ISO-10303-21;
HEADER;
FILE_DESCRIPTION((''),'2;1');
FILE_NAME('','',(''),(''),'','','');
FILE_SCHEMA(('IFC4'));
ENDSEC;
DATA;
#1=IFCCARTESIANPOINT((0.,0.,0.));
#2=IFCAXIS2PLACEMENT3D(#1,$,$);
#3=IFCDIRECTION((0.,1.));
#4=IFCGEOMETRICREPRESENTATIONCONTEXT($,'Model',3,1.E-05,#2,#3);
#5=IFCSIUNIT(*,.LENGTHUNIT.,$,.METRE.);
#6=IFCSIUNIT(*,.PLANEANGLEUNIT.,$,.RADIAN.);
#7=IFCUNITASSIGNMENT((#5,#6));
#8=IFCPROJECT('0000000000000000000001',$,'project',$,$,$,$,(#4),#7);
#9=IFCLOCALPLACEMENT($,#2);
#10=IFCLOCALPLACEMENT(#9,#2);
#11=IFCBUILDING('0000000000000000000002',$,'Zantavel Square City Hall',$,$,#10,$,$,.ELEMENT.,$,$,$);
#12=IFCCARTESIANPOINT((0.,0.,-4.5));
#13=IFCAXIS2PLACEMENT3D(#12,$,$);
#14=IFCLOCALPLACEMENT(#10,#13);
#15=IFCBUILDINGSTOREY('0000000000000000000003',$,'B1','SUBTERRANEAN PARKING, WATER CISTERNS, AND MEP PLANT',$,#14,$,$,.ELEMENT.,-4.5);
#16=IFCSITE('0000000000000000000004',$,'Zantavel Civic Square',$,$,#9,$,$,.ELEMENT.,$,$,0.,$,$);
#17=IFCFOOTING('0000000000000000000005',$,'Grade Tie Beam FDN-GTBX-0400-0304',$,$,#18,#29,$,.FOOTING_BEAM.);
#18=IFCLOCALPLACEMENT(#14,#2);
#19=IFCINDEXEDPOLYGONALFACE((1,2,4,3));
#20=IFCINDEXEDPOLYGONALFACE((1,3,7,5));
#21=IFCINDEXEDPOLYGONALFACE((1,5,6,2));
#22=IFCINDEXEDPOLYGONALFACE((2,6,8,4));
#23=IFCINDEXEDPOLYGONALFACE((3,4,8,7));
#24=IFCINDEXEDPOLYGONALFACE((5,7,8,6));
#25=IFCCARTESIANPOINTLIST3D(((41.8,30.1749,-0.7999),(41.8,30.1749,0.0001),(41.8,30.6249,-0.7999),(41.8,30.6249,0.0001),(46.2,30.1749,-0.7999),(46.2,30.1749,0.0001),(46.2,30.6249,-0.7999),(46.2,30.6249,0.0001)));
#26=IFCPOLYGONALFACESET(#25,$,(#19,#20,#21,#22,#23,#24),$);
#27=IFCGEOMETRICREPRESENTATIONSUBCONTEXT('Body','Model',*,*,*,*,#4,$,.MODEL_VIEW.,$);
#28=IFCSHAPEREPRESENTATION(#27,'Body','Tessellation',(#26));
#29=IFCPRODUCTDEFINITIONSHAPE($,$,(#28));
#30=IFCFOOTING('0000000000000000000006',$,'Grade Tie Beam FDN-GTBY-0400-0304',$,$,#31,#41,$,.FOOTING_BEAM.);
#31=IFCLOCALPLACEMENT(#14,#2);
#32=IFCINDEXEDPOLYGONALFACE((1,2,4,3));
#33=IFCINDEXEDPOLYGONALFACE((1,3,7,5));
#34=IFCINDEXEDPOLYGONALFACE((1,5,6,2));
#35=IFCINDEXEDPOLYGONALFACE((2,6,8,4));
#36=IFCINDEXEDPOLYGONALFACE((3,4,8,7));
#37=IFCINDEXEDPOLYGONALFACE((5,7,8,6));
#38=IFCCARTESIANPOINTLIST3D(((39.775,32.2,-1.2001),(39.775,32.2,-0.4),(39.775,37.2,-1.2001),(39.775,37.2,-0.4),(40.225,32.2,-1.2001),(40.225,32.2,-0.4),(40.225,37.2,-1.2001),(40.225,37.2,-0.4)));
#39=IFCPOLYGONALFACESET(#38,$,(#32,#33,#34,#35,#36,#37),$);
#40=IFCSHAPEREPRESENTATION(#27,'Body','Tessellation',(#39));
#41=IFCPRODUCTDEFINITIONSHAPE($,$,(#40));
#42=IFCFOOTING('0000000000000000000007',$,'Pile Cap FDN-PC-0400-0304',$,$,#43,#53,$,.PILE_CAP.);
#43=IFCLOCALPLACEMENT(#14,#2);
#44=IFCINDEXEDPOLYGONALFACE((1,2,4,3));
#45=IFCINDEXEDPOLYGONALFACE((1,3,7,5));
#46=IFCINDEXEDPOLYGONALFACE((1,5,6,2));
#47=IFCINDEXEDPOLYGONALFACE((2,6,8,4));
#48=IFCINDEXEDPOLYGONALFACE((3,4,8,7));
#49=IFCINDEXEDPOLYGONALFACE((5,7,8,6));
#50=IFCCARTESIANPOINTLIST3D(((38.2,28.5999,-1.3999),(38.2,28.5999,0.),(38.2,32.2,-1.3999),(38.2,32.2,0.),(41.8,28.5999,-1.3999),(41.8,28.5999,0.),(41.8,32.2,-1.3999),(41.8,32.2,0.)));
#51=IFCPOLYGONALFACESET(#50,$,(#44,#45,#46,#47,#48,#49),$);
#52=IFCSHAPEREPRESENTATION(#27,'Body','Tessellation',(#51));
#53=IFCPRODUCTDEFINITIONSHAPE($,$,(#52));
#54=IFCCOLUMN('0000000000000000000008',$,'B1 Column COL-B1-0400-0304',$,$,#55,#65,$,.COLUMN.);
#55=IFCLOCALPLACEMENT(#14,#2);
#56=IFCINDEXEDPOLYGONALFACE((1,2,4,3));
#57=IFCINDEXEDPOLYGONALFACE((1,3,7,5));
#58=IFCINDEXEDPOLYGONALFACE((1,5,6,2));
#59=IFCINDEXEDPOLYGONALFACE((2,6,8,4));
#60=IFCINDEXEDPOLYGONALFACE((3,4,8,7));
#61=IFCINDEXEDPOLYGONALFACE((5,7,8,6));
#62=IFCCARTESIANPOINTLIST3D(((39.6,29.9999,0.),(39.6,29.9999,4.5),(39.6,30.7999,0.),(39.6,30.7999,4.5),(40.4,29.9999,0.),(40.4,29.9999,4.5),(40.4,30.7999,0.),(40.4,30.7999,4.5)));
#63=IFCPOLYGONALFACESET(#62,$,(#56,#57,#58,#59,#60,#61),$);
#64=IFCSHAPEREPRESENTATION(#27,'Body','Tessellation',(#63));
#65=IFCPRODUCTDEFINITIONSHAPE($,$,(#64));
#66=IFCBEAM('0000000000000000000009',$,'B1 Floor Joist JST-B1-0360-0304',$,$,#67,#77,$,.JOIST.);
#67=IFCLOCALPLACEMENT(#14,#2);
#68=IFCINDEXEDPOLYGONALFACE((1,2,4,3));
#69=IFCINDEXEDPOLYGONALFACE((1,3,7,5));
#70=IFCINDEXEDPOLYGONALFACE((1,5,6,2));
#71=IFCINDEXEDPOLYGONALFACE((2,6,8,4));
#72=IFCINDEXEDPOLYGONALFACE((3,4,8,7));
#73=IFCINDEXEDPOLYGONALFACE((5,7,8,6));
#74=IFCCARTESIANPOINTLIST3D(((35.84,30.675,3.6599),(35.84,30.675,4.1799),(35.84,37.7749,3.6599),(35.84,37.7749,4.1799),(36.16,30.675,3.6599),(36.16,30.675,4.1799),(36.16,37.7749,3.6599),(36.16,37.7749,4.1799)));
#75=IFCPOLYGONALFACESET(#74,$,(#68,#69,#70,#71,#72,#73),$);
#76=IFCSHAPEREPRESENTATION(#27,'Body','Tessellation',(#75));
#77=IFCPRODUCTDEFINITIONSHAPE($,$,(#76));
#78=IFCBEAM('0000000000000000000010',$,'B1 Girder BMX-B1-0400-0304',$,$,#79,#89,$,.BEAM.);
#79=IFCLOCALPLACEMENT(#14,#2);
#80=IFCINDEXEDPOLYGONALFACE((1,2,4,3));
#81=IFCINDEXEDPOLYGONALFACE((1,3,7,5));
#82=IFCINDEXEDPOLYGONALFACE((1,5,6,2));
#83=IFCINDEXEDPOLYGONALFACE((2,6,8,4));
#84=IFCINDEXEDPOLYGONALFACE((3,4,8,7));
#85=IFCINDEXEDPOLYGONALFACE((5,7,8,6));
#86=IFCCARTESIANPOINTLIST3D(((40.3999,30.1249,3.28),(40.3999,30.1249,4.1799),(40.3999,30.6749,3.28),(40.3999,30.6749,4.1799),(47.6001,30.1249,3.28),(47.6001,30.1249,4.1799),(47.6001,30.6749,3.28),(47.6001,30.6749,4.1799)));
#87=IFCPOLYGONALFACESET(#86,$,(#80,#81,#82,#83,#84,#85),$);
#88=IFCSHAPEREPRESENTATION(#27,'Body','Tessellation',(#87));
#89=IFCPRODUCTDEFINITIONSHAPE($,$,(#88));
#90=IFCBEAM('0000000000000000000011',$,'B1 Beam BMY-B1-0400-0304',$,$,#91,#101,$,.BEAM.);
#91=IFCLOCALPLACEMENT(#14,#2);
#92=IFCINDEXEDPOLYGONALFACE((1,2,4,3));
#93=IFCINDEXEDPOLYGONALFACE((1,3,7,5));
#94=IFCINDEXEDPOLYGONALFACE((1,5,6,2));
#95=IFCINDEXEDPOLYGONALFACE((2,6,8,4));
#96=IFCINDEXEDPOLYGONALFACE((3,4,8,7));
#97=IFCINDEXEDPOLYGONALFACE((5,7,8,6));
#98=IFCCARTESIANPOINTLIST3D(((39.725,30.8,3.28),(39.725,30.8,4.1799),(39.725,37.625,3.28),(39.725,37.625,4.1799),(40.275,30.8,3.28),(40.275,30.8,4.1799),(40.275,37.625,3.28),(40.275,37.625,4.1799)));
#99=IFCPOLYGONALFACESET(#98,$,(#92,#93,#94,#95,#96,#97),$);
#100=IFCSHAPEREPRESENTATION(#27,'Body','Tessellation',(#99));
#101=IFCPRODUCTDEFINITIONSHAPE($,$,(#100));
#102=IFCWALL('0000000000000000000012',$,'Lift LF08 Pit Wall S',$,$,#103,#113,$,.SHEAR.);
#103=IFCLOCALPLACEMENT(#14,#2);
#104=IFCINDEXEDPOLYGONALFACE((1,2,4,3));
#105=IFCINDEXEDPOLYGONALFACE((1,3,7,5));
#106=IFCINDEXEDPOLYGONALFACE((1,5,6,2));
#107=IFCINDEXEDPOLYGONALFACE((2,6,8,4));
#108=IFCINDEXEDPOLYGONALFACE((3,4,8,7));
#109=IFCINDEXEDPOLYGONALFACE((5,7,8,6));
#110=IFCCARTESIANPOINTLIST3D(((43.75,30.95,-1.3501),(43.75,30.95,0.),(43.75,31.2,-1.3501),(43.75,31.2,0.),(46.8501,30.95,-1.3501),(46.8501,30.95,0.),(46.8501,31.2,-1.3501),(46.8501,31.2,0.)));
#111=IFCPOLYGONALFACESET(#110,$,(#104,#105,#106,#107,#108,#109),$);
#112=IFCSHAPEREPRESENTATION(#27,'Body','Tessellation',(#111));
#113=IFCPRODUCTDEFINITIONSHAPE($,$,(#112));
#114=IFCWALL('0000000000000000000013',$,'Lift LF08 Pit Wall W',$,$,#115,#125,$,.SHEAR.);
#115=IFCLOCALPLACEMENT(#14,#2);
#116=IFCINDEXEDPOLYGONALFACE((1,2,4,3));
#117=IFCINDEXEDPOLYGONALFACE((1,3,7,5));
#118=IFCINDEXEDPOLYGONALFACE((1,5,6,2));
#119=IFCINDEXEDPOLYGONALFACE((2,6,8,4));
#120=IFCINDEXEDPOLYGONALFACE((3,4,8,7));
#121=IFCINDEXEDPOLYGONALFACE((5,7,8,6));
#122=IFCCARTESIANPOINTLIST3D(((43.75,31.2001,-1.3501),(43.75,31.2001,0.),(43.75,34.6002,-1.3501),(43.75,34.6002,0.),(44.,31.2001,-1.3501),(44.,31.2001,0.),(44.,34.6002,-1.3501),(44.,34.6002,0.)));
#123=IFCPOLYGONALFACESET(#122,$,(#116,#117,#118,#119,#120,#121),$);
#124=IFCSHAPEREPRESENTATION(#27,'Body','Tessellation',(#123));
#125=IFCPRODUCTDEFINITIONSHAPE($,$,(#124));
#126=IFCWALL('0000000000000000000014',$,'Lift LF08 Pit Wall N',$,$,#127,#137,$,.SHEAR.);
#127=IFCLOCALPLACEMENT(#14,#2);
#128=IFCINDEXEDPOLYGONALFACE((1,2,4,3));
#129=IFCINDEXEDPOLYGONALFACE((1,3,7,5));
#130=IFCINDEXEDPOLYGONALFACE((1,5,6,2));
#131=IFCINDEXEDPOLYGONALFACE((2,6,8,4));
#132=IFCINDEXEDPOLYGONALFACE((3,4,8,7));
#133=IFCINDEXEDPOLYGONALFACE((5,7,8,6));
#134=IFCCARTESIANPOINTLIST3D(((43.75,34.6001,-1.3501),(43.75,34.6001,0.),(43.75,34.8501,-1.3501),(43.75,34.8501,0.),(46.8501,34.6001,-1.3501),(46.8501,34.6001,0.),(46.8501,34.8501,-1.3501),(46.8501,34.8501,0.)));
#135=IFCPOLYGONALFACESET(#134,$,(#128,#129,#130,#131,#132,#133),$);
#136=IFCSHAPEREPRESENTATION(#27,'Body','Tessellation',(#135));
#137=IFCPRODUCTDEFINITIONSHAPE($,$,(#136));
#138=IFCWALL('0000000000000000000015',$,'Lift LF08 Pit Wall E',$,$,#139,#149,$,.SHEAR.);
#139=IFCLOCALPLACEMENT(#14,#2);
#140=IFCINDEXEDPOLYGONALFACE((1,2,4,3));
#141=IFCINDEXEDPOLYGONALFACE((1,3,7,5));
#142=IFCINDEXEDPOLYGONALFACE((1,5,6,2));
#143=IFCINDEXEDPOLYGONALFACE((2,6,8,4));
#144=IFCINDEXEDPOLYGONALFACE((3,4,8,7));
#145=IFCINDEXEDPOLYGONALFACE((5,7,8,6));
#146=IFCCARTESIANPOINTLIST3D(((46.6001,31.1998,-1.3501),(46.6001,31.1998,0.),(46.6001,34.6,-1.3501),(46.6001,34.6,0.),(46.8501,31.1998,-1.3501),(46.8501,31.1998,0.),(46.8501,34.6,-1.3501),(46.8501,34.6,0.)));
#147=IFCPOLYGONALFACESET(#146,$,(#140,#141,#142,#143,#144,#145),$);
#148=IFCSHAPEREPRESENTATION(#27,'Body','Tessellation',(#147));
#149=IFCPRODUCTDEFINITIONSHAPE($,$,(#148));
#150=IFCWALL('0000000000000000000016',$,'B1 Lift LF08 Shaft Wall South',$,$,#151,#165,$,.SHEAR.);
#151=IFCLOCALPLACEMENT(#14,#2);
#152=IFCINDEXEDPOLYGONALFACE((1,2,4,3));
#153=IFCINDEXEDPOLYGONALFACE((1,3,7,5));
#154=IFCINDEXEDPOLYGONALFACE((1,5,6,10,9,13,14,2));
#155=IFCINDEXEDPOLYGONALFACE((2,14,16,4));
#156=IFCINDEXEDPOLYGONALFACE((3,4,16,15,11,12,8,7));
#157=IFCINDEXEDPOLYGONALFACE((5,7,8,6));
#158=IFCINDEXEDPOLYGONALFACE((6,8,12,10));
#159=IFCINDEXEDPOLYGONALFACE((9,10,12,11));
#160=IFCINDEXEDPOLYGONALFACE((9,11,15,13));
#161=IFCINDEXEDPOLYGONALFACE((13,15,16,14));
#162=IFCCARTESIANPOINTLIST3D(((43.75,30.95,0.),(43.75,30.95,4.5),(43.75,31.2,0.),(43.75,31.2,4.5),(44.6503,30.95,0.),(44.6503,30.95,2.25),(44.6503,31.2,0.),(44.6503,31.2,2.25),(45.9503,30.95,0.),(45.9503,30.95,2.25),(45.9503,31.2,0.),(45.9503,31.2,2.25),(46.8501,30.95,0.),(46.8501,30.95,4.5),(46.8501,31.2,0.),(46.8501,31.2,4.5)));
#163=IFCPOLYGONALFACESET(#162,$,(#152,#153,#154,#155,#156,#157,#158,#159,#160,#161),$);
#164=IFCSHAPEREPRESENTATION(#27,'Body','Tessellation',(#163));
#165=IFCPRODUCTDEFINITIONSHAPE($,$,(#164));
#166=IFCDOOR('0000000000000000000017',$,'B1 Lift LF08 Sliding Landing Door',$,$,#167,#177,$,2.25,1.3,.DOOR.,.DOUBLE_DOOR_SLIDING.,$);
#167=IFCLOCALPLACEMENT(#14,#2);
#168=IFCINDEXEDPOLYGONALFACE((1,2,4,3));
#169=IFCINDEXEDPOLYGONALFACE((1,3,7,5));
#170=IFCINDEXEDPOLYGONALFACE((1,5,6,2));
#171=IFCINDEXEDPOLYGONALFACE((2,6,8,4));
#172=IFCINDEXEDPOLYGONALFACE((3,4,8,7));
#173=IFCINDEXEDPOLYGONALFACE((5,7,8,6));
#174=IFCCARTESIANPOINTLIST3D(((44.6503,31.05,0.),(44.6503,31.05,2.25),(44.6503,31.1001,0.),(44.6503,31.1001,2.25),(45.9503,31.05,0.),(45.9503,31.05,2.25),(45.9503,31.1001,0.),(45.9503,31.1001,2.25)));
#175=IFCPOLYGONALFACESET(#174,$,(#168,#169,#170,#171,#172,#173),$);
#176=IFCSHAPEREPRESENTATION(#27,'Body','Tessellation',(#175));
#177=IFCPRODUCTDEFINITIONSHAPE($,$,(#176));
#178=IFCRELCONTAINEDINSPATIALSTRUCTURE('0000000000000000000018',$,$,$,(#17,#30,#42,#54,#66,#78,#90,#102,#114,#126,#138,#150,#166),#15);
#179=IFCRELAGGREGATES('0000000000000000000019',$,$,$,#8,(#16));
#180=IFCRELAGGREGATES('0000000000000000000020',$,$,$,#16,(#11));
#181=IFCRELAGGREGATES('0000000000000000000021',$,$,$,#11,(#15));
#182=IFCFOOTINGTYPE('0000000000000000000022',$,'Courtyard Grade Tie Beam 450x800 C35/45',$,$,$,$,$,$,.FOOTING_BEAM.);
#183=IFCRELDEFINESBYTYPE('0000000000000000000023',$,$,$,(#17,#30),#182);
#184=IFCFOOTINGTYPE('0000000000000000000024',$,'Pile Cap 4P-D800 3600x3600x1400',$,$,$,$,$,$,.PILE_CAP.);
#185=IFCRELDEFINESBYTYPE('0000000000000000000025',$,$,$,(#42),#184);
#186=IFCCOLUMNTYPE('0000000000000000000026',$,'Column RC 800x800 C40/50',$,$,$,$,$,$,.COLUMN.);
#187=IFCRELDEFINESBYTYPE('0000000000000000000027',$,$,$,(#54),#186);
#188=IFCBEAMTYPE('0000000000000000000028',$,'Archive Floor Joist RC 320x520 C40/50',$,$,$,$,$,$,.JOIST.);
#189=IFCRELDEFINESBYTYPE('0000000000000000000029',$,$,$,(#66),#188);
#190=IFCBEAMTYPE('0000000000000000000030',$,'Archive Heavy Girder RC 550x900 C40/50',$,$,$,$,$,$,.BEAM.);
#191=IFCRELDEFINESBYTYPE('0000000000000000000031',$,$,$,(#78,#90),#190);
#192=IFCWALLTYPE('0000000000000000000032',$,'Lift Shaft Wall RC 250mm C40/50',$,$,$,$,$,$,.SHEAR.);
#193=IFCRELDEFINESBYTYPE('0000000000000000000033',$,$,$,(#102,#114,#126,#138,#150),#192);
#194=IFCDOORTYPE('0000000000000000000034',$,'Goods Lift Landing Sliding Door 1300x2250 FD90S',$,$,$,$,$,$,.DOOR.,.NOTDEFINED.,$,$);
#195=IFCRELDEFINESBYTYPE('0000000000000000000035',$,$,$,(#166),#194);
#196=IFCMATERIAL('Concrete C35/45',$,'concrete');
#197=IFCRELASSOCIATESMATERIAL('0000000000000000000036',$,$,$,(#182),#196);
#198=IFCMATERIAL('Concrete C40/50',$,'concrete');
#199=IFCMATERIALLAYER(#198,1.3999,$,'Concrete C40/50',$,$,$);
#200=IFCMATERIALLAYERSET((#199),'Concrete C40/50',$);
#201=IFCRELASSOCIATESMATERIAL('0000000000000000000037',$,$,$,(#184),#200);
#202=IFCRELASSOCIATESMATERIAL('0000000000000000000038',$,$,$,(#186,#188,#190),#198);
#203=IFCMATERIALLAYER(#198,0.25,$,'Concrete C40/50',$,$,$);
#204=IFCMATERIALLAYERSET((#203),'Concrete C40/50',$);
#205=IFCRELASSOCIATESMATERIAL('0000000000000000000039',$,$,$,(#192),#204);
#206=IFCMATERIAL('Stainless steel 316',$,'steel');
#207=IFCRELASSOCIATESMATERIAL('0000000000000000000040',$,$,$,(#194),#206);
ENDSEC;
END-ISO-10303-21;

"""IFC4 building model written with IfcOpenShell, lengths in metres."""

from ifc_helpers import new_model, si_unit, direction, frame, frame_2d, origin, origin_2d, place, context, subcontext, project, spatial, rectangle, extrude, material, layer, layer_set, material_profile, profile_set, type_object, element, fill, save


model = new_model("IFC4")

# Units and contexts
model_context = context("Model", 3, precision=1e-05, world=origin(), true_north=direction((0.0, 1.0)))
body_context = subcontext(model_context, "Body", "Model", "MODEL_VIEW")
ifc_project = project(units=[si_unit("LENGTHUNIT", "METRE"), si_unit("PLANEANGLEUNIT", "RADIAN")], contexts=[model_context])

# Site, building, storey
site_placement = place(None, origin())
site = spatial("IfcSite", under=ifc_project, at=site_placement, Name="Zantavel Civic Square", CompositionType="ELEMENT", RefElevation=0.0)
building_placement = place(site_placement, origin())
building = spatial("IfcBuilding", under=site, at=building_placement, Name="Zantavel Square City Hall", CompositionType="ELEMENT")
storey_placement = place(building_placement, frame((0.0, 0.0, -4.5)))
storey = spatial("IfcBuildingStorey", under=building, at=storey_placement, Name="B1", Description="SUBTERRANEAN PARKING, WATER CISTERNS, AND MEP PLANT", CompositionType="ELEMENT", Elevation=-4.5)

# Shared definitions
ifc_material_1 = material(Name="Concrete C35/45", Category="concrete")

# Footings
ifc_material_profile_1 = material_profile(ifc_material_1, rectangle(XDim=0.45, YDim=0.8, at=origin_2d()), Name="RC 450x800")
ifc_profile_set_1 = profile_set([ifc_material_profile_1], Name="Concrete C35/45")
footing_type_1 = type_object("IfcFootingType", Name="Courtyard Grade Tie Beam 450x800 C35/45", PredefinedType="FOOTING_BEAM", material=ifc_profile_set_1)
footing_1_placement = place(storey_placement, frame((41.8, 30.3999, -0.3999), z_axis=(1.0, 0.0, 0.0), x_axis=(0.0, 1.0, 0.0)))
element("IfcFooting", 1, at=footing_1_placement, inside=storey, type_object=footing_type_1, Name="Grade Tie Beam FDN-GTBX-0400-0304", PredefinedType="FOOTING_BEAM", context=body_context, shape_type="SweptSolid", body=[
    extrude(rectangle(XDim=0.45, YDim=0.8, at=origin_2d()), origin(), (0.0, 0.0, 1.0), 4.3999),
])
footing_2_placement = place(storey_placement, frame((40.0, 32.2, -0.8), z_axis=(0.0, 1.0, 0.0), x_axis=(-1.0, 0.0, 0.0)))
element("IfcFooting", 2, at=footing_2_placement, inside=storey, type_object=footing_type_1, Name="Grade Tie Beam FDN-GTBY-0400-0304", PredefinedType="FOOTING_BEAM", context=body_context, shape_type="SweptSolid", body=[
    extrude(rectangle(XDim=0.45, YDim=0.8, at=origin_2d()), origin(), (0.0, 0.0, 1.0), 5.0),
])
ifc_material_2 = material(Name="Concrete C40/50", Category="concrete")
ifc_layer_1 = layer(ifc_material_2, 1.3999, Name="Concrete C40/50")
ifc_layer_set_1 = layer_set([ifc_layer_1], Name="Concrete C40/50")
footing_type_2 = type_object("IfcFootingType", Name="Pile Cap 4P-D800 3600x3600x1400", PredefinedType="PILE_CAP", material=ifc_layer_set_1)
footing_3_placement = place(storey_placement, frame((40.0, 30.3999, -1.3999), z_axis=(0.0, 0.0, 1.0), x_axis=(1.0, 0.0, 0.0)))
element("IfcFooting", 3, at=footing_3_placement, inside=storey, type_object=footing_type_2, Name="Pile Cap FDN-PC-0400-0304", PredefinedType="PILE_CAP", context=body_context, shape_type="SweptSolid", body=[
    extrude(rectangle(XDim=3.6001, YDim=3.6001, at=origin_2d()), origin(), (0.0, 0.0, 1.0), 1.3999),
])

# Column
ifc_material_profile_2 = material_profile(ifc_material_2, rectangle(XDim=0.8, YDim=0.8, at=origin_2d()), Name="RC 800x800")
ifc_profile_set_2 = profile_set([ifc_material_profile_2], Name="Concrete C40/50")
column_type = type_object("IfcColumnType", Name="Column RC 800x800 C40/50", PredefinedType="COLUMN", material=ifc_profile_set_2)
column_placement = place(storey_placement, frame((40.0, 30.3999, 0.0), z_axis=(0.0, 0.0, 1.0), x_axis=(1.0, 0.0, 0.0)))
element("IfcColumn", 4, at=column_placement, inside=storey, type_object=column_type, Name="B1 Column COL-B1-0400-0304", PredefinedType="COLUMN", context=body_context, shape_type="SweptSolid", body=[
    extrude(rectangle(XDim=0.8, YDim=0.8, at=origin_2d()), origin(), (0.0, 0.0, 1.0), 4.5),
])

# Beams
ifc_material_profile_3 = material_profile(ifc_material_2, rectangle(XDim=0.3201, YDim=0.52, at=origin_2d()), Name="RC 320x520")
ifc_profile_set_3 = profile_set([ifc_material_profile_3], Name="Concrete C40/50")
beam_type_1 = type_object("IfcBeamType", Name="Archive Floor Joist RC 320x520 C40/50", PredefinedType="JOIST", material=ifc_profile_set_3)
beam_1_placement = place(storey_placement, frame((36.0, 30.675, 3.9199), z_axis=(0.0, 1.0, 0.0), x_axis=(-1.0, 0.0, 0.0)))
element("IfcBeam", 5, at=beam_1_placement, inside=storey, type_object=beam_type_1, Name="B1 Floor Joist JST-B1-0360-0304", PredefinedType="JOIST", context=body_context, shape_type="SweptSolid", body=[
    extrude(rectangle(XDim=0.3201, YDim=0.52, at=origin_2d()), origin(), (0.0, 0.0, 1.0), 7.0999),
])
ifc_material_profile_4 = material_profile(ifc_material_2, rectangle(XDim=0.55, YDim=0.8999, at=origin_2d()), Name="RC 550x900")
ifc_profile_set_4 = profile_set([ifc_material_profile_4], Name="Concrete C40/50")
beam_type_2 = type_object("IfcBeamType", Name="Archive Heavy Girder RC 550x900 C40/50", PredefinedType="BEAM", material=ifc_profile_set_4)
beam_2_placement = place(storey_placement, frame((40.3999, 30.3999, 3.73), z_axis=(1.0, 0.0, 0.0), x_axis=(0.0, 1.0, 0.0)))
element("IfcBeam", 6, at=beam_2_placement, inside=storey, type_object=beam_type_2, Name="B1 Girder BMX-B1-0400-0304", PredefinedType="BEAM", context=body_context, shape_type="SweptSolid", body=[
    extrude(rectangle(XDim=0.55, YDim=0.8999, at=origin_2d()), origin(), (0.0, 0.0, 1.0), 7.2002),
])
beam_3_placement = place(storey_placement, frame((40.0, 30.8, 3.73), z_axis=(0.0, 1.0, 0.0), x_axis=(-1.0, 0.0, 0.0)))
element("IfcBeam", 7, at=beam_3_placement, inside=storey, type_object=beam_type_2, Name="B1 Beam BMY-B1-0400-0304", PredefinedType="BEAM", context=body_context, shape_type="SweptSolid", body=[
    extrude(rectangle(XDim=0.55, YDim=0.8999, at=origin_2d()), origin(), (0.0, 0.0, 1.0), 6.825),
])

# Walls
ifc_layer_2 = layer(ifc_material_2, 0.25, Name="Concrete C40/50")
ifc_layer_set_2 = layer_set([ifc_layer_2], Name="Concrete C40/50")
wall_type = type_object("IfcWallType", Name="Lift Shaft Wall RC 250mm C40/50", PredefinedType="SHEAR", material=ifc_layer_set_2)
wall_1_placement = place(storey_placement, frame((46.8501, 31.075, -1.3501), z_axis=(0.0, 0.0, 1.0), x_axis=(-1.0, 0.0, 0.0)))
element("IfcWall", 8, at=wall_1_placement, inside=storey, type_object=wall_type, Name="Lift LF08 Pit Wall S", PredefinedType="SHEAR", context=body_context, shape_type="SweptSolid", body=[
    extrude(rectangle(XDim=3.1001, YDim=0.25, at=frame_2d((1.55, 0.0))), origin(), (0.0, 0.0, 1.0), 1.3501),
])
wall_2_placement = place(storey_placement, frame((43.875, 31.2, -1.3501), z_axis=(0.0, 0.0, 1.0), x_axis=(0.0, 1.0, 0.0)))
element("IfcWall", 9, at=wall_2_placement, inside=storey, type_object=wall_type, Name="Lift LF08 Pit Wall W", PredefinedType="SHEAR", context=body_context, shape_type="SweptSolid", body=[
    extrude(rectangle(XDim=3.4001, YDim=0.25, at=frame_2d((1.7002, 0.0))), origin(), (0.0, 0.0, 1.0), 1.3501),
])
wall_3_placement = place(storey_placement, frame((43.75, 34.7251, -1.3501), z_axis=(0.0, 0.0, 1.0), x_axis=(1.0, 0.0, 0.0)))
element("IfcWall", 10, at=wall_3_placement, inside=storey, type_object=wall_type, Name="Lift LF08 Pit Wall N", PredefinedType="SHEAR", context=body_context, shape_type="SweptSolid", body=[
    extrude(rectangle(XDim=3.1001, YDim=0.25, at=frame_2d((1.55, 0.0))), origin(), (0.0, 0.0, 1.0), 1.3501),
])
wall_4_placement = place(storey_placement, frame((46.7251, 34.6001, -1.3501), z_axis=(0.0, 0.0, 1.0), x_axis=(0.0, -1.0, 0.0)))
element("IfcWall", 11, at=wall_4_placement, inside=storey, type_object=wall_type, Name="Lift LF08 Pit Wall E", PredefinedType="SHEAR", context=body_context, shape_type="SweptSolid", body=[
    extrude(rectangle(XDim=3.4001, YDim=0.25, at=frame_2d((1.7002, 0.0))), origin(), (0.0, 0.0, 1.0), 1.3501),
])

# Wall, opening, door
wall_5_placement = place(storey_placement, frame((46.8501, 31.075, 0.0), z_axis=(0.0, 0.0, 1.0), x_axis=(-1.0, 0.0, 0.0)))
wall_5 = element("IfcWall", 12, at=wall_5_placement, inside=storey, type_object=wall_type, Name="B1 Lift LF08 Shaft Wall South", PredefinedType="SHEAR", context=body_context, shape_type="SweptSolid", body=[
    extrude(rectangle(XDim=3.1001, YDim=0.25, at=frame_2d((1.55, 0.0))), origin(), (0.0, 0.0, 1.0), 4.5),
])
opening_placement = place(wall_5_placement, frame((0.8999, 0.0, 0.0)))
opening = element("IfcOpeningElement", 13, at=opening_placement, cuts=wall_5, PredefinedType="OPENING", context=body_context, shape_type="SweptSolid", body=[
    extrude(rectangle(XDim=1.3, YDim=2.25, at=frame_2d((0.6499, 1.125))), frame((0.0, 0.135, 0.0), z_axis=(0.0, -1.0, 0.0), x_axis=(1.0, 0.0, 0.0)), (0.0, 0.0, 1.0), 0.27),
])
ifc_material_3 = material(Name="Stainless steel 316", Category="steel")
door_type = type_object("IfcDoorType", Name="Goods Lift Landing Sliding Door 1300x2250 FD90S", OperationType="NOTDEFINED", PredefinedType="DOOR", material=ifc_material_3)
door_placement = place(opening_placement, origin())
door = element("IfcDoor", 14, at=door_placement, inside=storey, type_object=door_type, Name="B1 Lift LF08 Sliding Landing Door", OperationType="DOUBLE_DOOR_SLIDING", OverallHeight=2.25, OverallWidth=1.3, PredefinedType="DOOR", context=body_context, shape_type="SweptSolid", body=[
    extrude(rectangle(XDim=1.3, YDim=2.25, at=frame_2d((0.6499, 1.125))), frame((0.0, 0.0249, 0.0), z_axis=(0.0, -1.0, 0.0), x_axis=(1.0, 0.0, 0.0)), (0.0, 0.0, 1.0), 0.05),
])
fill(opening, door)

save(model, "model.ifc")
